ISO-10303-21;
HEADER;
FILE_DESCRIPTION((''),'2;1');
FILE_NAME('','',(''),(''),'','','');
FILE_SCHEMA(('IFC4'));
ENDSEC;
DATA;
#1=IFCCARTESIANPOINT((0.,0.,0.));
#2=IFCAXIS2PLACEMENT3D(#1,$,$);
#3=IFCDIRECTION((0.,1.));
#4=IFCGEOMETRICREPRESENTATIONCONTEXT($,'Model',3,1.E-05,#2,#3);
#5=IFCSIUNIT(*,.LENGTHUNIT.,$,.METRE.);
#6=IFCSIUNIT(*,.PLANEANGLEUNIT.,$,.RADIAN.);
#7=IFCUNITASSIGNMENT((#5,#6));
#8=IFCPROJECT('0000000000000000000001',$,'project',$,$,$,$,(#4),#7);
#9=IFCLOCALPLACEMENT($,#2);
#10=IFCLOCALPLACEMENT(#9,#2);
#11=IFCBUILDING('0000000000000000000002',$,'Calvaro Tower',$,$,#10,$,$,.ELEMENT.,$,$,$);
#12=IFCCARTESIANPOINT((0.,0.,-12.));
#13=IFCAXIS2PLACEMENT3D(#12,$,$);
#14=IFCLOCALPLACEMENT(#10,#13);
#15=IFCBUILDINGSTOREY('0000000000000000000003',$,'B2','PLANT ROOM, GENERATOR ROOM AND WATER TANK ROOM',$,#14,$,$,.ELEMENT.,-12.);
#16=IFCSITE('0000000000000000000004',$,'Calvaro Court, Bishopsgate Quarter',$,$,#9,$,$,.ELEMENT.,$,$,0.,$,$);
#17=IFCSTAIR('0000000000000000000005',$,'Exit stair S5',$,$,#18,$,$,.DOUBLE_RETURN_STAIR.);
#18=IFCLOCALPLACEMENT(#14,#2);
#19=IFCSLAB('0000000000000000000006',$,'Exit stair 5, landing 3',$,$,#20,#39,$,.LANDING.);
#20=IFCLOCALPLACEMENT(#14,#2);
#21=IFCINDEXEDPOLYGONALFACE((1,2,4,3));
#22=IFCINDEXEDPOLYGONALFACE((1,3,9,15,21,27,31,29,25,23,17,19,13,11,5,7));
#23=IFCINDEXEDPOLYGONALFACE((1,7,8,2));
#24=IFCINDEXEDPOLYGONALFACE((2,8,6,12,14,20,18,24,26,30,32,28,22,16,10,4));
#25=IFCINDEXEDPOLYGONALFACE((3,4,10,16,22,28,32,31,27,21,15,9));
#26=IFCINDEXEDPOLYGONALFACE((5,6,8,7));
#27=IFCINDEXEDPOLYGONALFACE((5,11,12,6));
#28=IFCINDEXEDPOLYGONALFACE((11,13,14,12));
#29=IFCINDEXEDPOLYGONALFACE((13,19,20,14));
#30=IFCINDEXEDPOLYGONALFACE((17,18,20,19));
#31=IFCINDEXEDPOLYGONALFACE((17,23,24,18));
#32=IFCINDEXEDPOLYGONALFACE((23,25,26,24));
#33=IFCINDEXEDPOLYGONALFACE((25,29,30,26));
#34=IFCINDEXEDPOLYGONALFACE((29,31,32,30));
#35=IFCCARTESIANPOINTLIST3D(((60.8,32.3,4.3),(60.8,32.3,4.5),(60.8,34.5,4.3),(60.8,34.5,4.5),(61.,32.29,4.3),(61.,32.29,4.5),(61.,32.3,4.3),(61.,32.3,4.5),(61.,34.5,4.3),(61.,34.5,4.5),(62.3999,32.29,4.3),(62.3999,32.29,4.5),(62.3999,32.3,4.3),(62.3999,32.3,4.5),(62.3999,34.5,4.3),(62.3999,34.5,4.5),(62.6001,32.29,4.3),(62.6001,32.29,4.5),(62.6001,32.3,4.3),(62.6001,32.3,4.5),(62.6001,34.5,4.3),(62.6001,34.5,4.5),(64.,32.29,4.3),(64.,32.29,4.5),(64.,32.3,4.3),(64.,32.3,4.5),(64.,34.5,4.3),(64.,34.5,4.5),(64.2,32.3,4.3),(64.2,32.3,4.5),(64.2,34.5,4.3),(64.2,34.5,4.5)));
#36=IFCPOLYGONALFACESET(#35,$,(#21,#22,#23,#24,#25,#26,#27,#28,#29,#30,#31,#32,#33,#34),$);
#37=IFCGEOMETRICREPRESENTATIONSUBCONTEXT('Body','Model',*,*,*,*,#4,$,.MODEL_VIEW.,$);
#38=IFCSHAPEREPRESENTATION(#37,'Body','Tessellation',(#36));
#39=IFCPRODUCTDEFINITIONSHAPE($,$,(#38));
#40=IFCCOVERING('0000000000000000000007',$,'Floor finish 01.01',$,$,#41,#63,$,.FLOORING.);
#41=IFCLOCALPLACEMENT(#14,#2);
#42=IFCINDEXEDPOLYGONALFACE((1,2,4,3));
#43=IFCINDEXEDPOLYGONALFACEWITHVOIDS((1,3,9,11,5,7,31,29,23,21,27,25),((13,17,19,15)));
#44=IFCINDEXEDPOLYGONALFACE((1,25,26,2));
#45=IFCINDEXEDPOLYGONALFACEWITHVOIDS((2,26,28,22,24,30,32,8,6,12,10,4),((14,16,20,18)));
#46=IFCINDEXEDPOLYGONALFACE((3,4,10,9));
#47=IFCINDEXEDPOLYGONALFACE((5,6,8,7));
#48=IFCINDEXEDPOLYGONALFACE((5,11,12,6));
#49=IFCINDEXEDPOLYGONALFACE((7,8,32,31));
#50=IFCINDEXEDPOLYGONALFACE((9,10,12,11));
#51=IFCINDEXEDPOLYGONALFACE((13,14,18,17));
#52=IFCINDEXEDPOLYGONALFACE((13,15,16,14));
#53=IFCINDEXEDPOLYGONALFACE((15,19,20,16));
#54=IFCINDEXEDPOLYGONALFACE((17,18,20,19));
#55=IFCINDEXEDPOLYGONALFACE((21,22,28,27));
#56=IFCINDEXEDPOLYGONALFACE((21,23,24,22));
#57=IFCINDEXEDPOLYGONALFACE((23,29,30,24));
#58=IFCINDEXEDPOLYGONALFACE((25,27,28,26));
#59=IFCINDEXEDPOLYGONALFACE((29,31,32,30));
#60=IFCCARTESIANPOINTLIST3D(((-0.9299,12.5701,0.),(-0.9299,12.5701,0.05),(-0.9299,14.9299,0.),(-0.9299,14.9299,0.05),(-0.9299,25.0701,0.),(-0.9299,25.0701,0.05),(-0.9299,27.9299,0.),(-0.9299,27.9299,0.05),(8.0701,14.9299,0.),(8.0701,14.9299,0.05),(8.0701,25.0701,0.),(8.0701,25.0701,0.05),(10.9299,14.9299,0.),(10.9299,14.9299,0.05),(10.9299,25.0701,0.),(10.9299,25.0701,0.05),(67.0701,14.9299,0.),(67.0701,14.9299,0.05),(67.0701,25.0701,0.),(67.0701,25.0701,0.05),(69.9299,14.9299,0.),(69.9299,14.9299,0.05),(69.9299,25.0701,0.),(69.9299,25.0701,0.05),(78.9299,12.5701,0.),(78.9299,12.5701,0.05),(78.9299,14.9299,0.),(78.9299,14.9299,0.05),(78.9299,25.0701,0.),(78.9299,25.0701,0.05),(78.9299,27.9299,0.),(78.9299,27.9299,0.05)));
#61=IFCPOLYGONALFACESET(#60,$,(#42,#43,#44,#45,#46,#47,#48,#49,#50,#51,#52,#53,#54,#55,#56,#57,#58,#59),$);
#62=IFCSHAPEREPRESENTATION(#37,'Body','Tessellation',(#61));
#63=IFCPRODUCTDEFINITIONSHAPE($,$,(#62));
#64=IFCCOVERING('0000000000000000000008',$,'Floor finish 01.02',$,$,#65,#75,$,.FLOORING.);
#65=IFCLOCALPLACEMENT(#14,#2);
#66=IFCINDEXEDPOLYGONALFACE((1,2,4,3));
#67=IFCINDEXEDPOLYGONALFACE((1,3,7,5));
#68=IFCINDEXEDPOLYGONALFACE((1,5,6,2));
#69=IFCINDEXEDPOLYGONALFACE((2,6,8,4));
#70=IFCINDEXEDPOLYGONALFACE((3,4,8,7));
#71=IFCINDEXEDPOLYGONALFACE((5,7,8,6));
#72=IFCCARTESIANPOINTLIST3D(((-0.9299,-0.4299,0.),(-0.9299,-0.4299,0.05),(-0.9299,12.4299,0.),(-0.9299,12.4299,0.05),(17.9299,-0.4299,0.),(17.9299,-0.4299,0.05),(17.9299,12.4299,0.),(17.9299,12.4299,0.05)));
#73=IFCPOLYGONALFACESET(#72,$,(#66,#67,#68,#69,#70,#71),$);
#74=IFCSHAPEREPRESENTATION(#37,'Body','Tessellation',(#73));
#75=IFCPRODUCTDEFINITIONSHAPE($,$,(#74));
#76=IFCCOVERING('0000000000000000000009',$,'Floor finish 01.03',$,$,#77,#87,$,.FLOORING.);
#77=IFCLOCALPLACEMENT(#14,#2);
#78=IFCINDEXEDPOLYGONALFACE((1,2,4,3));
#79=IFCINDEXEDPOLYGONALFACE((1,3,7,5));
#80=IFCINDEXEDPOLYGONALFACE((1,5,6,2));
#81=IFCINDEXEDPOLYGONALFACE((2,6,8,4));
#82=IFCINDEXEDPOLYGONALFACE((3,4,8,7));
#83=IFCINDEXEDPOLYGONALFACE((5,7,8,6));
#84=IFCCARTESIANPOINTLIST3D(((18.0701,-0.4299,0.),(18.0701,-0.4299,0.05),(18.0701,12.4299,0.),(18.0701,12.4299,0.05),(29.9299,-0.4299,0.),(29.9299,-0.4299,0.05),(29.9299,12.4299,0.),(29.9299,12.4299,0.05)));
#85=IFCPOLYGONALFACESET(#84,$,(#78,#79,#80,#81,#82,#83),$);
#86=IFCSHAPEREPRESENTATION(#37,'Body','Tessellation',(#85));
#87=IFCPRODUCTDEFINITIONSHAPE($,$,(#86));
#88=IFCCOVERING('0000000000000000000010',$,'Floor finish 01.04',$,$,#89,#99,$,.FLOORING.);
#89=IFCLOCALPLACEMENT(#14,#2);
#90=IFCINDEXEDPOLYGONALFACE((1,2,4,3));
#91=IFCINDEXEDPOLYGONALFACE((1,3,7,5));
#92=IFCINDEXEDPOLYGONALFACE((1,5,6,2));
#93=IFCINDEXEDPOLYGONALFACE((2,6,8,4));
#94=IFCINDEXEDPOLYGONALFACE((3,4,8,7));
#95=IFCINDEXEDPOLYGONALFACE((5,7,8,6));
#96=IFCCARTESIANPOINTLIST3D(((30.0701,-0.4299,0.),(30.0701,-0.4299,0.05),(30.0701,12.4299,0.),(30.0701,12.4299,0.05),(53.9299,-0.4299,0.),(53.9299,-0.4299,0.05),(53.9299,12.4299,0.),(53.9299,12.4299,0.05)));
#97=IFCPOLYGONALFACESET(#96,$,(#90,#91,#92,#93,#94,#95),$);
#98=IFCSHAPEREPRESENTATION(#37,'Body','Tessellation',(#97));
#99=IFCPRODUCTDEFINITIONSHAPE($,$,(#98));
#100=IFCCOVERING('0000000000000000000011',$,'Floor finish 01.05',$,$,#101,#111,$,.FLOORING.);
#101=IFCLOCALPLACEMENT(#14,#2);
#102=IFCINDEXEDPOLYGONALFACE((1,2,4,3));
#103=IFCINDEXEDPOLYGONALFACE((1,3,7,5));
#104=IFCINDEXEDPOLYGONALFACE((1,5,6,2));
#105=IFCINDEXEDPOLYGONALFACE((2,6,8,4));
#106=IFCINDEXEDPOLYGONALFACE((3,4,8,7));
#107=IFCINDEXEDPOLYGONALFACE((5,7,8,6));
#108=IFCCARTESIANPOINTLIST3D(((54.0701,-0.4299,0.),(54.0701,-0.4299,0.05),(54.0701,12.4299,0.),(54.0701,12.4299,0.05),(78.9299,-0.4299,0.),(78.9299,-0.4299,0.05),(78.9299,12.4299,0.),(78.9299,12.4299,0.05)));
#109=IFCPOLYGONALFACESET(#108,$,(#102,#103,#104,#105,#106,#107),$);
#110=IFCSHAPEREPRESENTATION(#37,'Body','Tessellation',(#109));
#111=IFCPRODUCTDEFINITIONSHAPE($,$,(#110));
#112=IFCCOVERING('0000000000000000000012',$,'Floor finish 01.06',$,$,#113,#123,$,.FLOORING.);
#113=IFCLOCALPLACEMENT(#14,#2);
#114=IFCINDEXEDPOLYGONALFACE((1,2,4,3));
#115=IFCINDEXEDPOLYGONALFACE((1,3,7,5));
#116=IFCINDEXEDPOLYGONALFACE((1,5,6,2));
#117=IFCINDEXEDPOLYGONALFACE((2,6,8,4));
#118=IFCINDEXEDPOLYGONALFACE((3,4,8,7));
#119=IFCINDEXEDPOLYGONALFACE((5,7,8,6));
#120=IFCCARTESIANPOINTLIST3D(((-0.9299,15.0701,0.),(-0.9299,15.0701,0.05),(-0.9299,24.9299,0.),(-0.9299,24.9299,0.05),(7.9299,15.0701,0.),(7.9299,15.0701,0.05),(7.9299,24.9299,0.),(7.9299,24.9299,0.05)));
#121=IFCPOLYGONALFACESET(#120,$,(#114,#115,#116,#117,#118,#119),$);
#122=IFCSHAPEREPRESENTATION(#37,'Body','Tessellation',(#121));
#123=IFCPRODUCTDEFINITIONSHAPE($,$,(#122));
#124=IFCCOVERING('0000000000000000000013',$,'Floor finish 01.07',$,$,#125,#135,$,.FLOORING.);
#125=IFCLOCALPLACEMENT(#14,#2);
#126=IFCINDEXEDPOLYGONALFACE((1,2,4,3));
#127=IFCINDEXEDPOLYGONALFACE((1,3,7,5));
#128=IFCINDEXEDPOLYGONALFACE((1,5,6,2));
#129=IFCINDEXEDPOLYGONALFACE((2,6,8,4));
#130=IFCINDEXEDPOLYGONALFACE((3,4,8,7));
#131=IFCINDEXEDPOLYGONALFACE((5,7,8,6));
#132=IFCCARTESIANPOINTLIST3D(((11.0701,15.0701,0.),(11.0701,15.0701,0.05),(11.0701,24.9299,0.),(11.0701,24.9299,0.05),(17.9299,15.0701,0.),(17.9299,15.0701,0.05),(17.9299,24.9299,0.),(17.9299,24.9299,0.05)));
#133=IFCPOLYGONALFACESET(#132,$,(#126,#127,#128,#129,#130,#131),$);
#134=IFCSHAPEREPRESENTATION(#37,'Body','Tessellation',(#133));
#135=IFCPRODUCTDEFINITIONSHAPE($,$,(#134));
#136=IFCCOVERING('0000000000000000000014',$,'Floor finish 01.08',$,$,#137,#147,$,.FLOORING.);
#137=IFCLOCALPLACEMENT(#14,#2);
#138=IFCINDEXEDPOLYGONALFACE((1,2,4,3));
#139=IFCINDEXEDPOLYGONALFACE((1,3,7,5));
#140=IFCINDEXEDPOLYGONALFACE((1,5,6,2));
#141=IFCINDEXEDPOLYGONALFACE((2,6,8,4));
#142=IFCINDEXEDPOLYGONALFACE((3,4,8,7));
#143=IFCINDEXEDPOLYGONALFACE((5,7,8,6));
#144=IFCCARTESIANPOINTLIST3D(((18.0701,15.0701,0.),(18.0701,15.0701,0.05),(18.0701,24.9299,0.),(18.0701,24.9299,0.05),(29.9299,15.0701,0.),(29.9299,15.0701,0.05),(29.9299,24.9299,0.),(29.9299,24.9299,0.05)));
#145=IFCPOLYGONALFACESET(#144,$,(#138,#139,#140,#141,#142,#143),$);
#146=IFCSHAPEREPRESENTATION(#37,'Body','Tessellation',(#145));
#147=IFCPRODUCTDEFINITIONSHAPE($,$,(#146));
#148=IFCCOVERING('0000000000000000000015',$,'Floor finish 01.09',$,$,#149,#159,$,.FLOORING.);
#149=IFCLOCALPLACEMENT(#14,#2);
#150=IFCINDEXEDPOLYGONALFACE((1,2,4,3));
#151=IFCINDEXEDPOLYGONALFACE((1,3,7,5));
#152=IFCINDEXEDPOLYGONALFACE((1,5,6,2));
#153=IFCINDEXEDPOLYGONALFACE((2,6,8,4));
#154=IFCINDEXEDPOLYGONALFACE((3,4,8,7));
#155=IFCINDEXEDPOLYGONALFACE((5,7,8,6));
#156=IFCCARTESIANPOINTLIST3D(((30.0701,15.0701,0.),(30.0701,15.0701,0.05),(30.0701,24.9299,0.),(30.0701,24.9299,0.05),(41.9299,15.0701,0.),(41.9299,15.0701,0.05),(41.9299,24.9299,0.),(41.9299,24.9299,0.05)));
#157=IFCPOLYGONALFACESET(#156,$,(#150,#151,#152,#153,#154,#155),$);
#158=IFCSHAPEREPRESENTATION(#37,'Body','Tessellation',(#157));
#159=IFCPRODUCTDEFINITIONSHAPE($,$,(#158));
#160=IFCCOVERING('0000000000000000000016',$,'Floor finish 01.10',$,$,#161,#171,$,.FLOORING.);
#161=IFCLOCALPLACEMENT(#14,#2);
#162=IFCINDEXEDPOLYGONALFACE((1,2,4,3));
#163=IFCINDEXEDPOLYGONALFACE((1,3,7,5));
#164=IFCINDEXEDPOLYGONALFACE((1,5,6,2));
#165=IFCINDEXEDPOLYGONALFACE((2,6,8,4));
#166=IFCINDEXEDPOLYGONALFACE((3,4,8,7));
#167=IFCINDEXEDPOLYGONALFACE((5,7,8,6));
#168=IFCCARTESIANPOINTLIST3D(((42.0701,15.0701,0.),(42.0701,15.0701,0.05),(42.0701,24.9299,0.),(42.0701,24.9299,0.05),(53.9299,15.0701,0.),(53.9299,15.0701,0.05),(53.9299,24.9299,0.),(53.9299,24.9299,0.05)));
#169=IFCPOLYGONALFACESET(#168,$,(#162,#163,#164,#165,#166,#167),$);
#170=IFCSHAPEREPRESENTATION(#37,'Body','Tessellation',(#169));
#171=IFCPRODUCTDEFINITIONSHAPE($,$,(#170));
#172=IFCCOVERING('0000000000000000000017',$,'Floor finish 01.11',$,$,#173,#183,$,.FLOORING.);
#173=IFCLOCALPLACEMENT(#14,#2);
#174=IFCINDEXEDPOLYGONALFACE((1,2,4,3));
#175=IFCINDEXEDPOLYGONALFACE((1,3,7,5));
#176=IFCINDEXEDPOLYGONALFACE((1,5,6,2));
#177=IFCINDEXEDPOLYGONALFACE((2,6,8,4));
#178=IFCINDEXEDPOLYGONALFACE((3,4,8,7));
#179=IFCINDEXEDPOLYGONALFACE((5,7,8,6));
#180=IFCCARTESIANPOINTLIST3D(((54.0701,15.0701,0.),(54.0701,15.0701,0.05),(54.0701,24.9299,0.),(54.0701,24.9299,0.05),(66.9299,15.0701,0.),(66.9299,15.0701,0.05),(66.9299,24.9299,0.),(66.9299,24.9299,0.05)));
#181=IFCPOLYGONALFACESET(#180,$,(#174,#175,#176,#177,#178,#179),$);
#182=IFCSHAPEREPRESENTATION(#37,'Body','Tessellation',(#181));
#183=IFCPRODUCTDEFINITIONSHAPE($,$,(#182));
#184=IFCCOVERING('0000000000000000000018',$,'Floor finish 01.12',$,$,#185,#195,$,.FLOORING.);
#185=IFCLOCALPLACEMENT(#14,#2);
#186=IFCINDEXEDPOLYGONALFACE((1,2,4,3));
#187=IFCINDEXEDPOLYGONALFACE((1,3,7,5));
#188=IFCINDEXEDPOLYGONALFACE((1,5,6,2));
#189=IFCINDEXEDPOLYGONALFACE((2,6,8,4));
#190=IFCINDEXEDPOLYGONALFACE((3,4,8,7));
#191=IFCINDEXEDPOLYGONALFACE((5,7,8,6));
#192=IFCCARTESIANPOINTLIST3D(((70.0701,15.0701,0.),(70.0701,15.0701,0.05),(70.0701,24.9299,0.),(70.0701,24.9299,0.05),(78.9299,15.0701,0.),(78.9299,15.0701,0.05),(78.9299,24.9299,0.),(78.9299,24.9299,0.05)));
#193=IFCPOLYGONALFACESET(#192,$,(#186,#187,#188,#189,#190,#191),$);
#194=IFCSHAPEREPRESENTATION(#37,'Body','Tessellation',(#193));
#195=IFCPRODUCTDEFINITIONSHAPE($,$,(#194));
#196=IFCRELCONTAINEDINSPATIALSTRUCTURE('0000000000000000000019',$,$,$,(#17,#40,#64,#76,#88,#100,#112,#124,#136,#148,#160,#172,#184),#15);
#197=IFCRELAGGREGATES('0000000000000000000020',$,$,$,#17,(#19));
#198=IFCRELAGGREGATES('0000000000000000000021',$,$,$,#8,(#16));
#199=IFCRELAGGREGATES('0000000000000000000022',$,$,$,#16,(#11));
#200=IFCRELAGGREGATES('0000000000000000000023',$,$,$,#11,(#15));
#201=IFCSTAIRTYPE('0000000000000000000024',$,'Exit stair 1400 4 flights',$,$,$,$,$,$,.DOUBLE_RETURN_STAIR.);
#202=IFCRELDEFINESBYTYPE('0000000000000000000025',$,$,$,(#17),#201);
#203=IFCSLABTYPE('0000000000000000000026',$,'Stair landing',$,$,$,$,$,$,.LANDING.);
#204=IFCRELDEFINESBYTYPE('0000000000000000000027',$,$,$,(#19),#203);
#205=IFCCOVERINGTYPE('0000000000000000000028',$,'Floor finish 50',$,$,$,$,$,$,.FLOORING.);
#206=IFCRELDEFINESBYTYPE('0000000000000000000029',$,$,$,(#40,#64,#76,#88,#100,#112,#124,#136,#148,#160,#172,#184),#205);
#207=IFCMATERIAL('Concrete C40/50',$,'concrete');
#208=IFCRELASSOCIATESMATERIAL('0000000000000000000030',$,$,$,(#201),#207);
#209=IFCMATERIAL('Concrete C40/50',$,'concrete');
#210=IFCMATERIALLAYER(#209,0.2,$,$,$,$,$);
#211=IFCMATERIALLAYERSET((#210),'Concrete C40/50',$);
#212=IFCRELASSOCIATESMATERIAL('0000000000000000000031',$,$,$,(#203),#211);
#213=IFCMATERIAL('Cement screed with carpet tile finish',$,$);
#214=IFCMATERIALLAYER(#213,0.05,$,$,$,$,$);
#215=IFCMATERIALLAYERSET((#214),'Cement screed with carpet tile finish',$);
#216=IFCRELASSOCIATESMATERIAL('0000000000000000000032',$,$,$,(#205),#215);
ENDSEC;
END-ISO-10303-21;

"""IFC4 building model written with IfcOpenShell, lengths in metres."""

from ifc_helpers import new_model, si_unit, direction, frame, origin, place, context, subcontext, project, spatial, polyline, outline, extrude, material, layer, layer_set, type_object, element, aggregate, save


model = new_model("IFC4")

# Units and contexts
model_context = context("Model", 3, precision=1e-05, world=origin(), true_north=direction((0.0, 1.0)))
body_context = subcontext(model_context, "Body", "Model", "MODEL_VIEW")
ifc_project = project(units=[si_unit("LENGTHUNIT", "METRE"), si_unit("PLANEANGLEUNIT", "RADIAN")], contexts=[model_context])

# Site, building, storey
site_placement = place(None, origin())
site = spatial("IfcSite", under=ifc_project, at=site_placement, Name="Calvaro Court, Bishopsgate Quarter", CompositionType="ELEMENT", RefElevation=0.0)
building_placement = place(site_placement, origin())
building = spatial("IfcBuilding", under=site, at=building_placement, Name="Calvaro Tower", CompositionType="ELEMENT")
storey_placement = place(building_placement, frame((0.0, 0.0, -12.0)))
storey = spatial("IfcBuildingStorey", under=building, at=storey_placement, Name="B2", Description="PLANT ROOM, GENERATOR ROOM AND WATER TANK ROOM", CompositionType="ELEMENT", Elevation=-12.0)

# Shared definitions
ifc_material_1 = material(Name="Concrete C40/50", Category="concrete")
stair_type = type_object("IfcStairType", Name="Exit stair 1400 4 flights", PredefinedType="DOUBLE_RETURN_STAIR", material=ifc_material_1)
ifc_material_2 = material(Name="Concrete C40/50", Category="concrete")
ifc_layer_1 = layer(ifc_material_2, 0.2)
ifc_layer_set_1 = layer_set([ifc_layer_1], Name="Concrete C40/50")
slab_type = type_object("IfcSlabType", Name="Stair landing", PredefinedType="LANDING", material=ifc_layer_set_1)

# Stair, slab
stair_1_placement = place(storey_placement, origin())
stair_1 = element("IfcStair", 1, at=stair_1_placement, inside=storey, type_object=stair_type, Name="Exit stair S5", PredefinedType="DOUBLE_RETURN_STAIR")
slab_1_placement = place(storey_placement, frame((0.0, 0.0, 4.3)))
slab_1 = element("IfcSlab", 2, at=slab_1_placement, type_object=slab_type, Name="Exit stair 5, landing 3", PredefinedType="LANDING", context=body_context, shape_type="SweptSolid", body=[
    extrude(outline(polyline([(62.3999, 32.29), (61.0, 32.29), (61.0, 32.3), (60.8, 32.3), (60.8, 34.5), (61.0, 34.5), (62.3999, 34.5), (62.6001, 34.5), (64.0, 34.5), (64.2, 34.5), (64.2, 32.3), (64.0, 32.3), (64.0, 32.29), (62.6001, 32.29), (62.6001, 32.3), (62.3999, 32.3), (62.3999, 32.29)])), origin(), (0.0, 0.0, 1.0), 0.2),
])
aggregate(stair_1, [slab_1])

# Coverings
ifc_material_3 = material(Name="Cement screed with carpet tile finish")
ifc_layer_2 = layer(ifc_material_3, 0.05)
ifc_layer_set_2 = layer_set([ifc_layer_2], Name="Cement screed with carpet tile finish")
covering_type = type_object("IfcCoveringType", Name="Floor finish 50", PredefinedType="FLOORING", material=ifc_layer_set_2)
covering_1_placement = place(storey_placement, origin())
element("IfcCovering", 3, at=covering_1_placement, inside=storey, type_object=covering_type, Name="Floor finish 01.01", PredefinedType="FLOORING", context=body_context, shape_type="SweptSolid", body=[
    extrude(outline(polyline([(-0.9299, 12.5701), (-0.9299, 14.9299), (8.0701, 14.9299), (8.0701, 25.0701), (-0.9299, 25.0701), (-0.9299, 27.9299), (78.9299, 27.9299), (78.9299, 25.0701), (69.9299, 25.0701), (69.9299, 14.9299), (78.9299, 14.9299), (78.9299, 12.5701), (-0.9299, 12.5701)]), holes=[polyline([(67.0701, 14.9299), (67.0701, 25.0701), (10.9299, 25.0701), (10.9299, 14.9299), (67.0701, 14.9299)])]), origin(), (0.0, 0.0, 1.0), 0.05),
])
covering_2_placement = place(storey_placement, origin())
element("IfcCovering", 4, at=covering_2_placement, inside=storey, type_object=covering_type, Name="Floor finish 01.02", PredefinedType="FLOORING", context=body_context, shape_type="SweptSolid", body=[
    extrude(outline(polyline([(17.9299, 12.4299), (17.9299, -0.4299), (-0.9299, -0.4299), (-0.9299, 12.4299), (17.9299, 12.4299)])), origin(), (0.0, 0.0, 1.0), 0.05),
])
covering_3_placement = place(storey_placement, origin())
element("IfcCovering", 5, at=covering_3_placement, inside=storey, type_object=covering_type, Name="Floor finish 01.03", PredefinedType="FLOORING", context=body_context, shape_type="SweptSolid", body=[
    extrude(outline(polyline([(18.0701, 12.4299), (29.9299, 12.4299), (29.9299, -0.4299), (18.0701, -0.4299), (18.0701, 12.4299)])), origin(), (0.0, 0.0, 1.0), 0.05),
])
covering_4_placement = place(storey_placement, origin())
element("IfcCovering", 6, at=covering_4_placement, inside=storey, type_object=covering_type, Name="Floor finish 01.04", PredefinedType="FLOORING", context=body_context, shape_type="SweptSolid", body=[
    extrude(outline(polyline([(30.0701, 12.4299), (53.9299, 12.4299), (53.9299, -0.4299), (30.0701, -0.4299), (30.0701, 12.4299)])), origin(), (0.0, 0.0, 1.0), 0.05),
])
covering_5_placement = place(storey_placement, origin())
element("IfcCovering", 7, at=covering_5_placement, inside=storey, type_object=covering_type, Name="Floor finish 01.05", PredefinedType="FLOORING", context=body_context, shape_type="SweptSolid", body=[
    extrude(outline(polyline([(78.9299, -0.4299), (54.0701, -0.4299), (54.0701, 12.4299), (78.9299, 12.4299), (78.9299, -0.4299)])), origin(), (0.0, 0.0, 1.0), 0.05),
])
covering_6_placement = place(storey_placement, origin())
element("IfcCovering", 8, at=covering_6_placement, inside=storey, type_object=covering_type, Name="Floor finish 01.06", PredefinedType="FLOORING", context=body_context, shape_type="SweptSolid", body=[
    extrude(outline(polyline([(7.9299, 24.9299), (7.9299, 15.0701), (-0.9299, 15.0701), (-0.9299, 24.9299), (7.9299, 24.9299)])), origin(), (0.0, 0.0, 1.0), 0.05),
])
covering_7_placement = place(storey_placement, origin())
element("IfcCovering", 9, at=covering_7_placement, inside=storey, type_object=covering_type, Name="Floor finish 01.07", PredefinedType="FLOORING", context=body_context, shape_type="SweptSolid", body=[
    extrude(outline(polyline([(11.0701, 15.0701), (11.0701, 24.9299), (17.9299, 24.9299), (17.9299, 15.0701), (11.0701, 15.0701)])), origin(), (0.0, 0.0, 1.0), 0.05),
])
covering_8_placement = place(storey_placement, origin())
element("IfcCovering", 10, at=covering_8_placement, inside=storey, type_object=covering_type, Name="Floor finish 01.08", PredefinedType="FLOORING", context=body_context, shape_type="SweptSolid", body=[
    extrude(outline(polyline([(18.0701, 15.0701), (18.0701, 24.9299), (29.9299, 24.9299), (29.9299, 15.0701), (18.0701, 15.0701)])), origin(), (0.0, 0.0, 1.0), 0.05),
])
covering_9_placement = place(storey_placement, origin())
element("IfcCovering", 11, at=covering_9_placement, inside=storey, type_object=covering_type, Name="Floor finish 01.09", PredefinedType="FLOORING", context=body_context, shape_type="SweptSolid", body=[
    extrude(outline(polyline([(30.0701, 15.0701), (30.0701, 24.9299), (41.9299, 24.9299), (41.9299, 15.0701), (30.0701, 15.0701)])), origin(), (0.0, 0.0, 1.0), 0.05),
])
covering_10_placement = place(storey_placement, origin())
element("IfcCovering", 12, at=covering_10_placement, inside=storey, type_object=covering_type, Name="Floor finish 01.10", PredefinedType="FLOORING", context=body_context, shape_type="SweptSolid", body=[
    extrude(outline(polyline([(42.0701, 15.0701), (42.0701, 24.9299), (53.9299, 24.9299), (53.9299, 15.0701), (42.0701, 15.0701)])), origin(), (0.0, 0.0, 1.0), 0.05),
])
covering_11_placement = place(storey_placement, origin())
element("IfcCovering", 13, at=covering_11_placement, inside=storey, type_object=covering_type, Name="Floor finish 01.11", PredefinedType="FLOORING", context=body_context, shape_type="SweptSolid", body=[
    extrude(outline(polyline([(54.0701, 15.0701), (54.0701, 24.9299), (66.9299, 24.9299), (66.9299, 15.0701), (54.0701, 15.0701)])), origin(), (0.0, 0.0, 1.0), 0.05),
])
covering_12_placement = place(storey_placement, origin())
element("IfcCovering", 14, at=covering_12_placement, inside=storey, type_object=covering_type, Name="Floor finish 01.12", PredefinedType="FLOORING", context=body_context, shape_type="SweptSolid", body=[
    extrude(outline(polyline([(78.9299, 15.0701), (70.0701, 15.0701), (70.0701, 24.9299), (78.9299, 24.9299), (78.9299, 15.0701)])), origin(), (0.0, 0.0, 1.0), 0.05),
])

save(model, "model.ifc")
